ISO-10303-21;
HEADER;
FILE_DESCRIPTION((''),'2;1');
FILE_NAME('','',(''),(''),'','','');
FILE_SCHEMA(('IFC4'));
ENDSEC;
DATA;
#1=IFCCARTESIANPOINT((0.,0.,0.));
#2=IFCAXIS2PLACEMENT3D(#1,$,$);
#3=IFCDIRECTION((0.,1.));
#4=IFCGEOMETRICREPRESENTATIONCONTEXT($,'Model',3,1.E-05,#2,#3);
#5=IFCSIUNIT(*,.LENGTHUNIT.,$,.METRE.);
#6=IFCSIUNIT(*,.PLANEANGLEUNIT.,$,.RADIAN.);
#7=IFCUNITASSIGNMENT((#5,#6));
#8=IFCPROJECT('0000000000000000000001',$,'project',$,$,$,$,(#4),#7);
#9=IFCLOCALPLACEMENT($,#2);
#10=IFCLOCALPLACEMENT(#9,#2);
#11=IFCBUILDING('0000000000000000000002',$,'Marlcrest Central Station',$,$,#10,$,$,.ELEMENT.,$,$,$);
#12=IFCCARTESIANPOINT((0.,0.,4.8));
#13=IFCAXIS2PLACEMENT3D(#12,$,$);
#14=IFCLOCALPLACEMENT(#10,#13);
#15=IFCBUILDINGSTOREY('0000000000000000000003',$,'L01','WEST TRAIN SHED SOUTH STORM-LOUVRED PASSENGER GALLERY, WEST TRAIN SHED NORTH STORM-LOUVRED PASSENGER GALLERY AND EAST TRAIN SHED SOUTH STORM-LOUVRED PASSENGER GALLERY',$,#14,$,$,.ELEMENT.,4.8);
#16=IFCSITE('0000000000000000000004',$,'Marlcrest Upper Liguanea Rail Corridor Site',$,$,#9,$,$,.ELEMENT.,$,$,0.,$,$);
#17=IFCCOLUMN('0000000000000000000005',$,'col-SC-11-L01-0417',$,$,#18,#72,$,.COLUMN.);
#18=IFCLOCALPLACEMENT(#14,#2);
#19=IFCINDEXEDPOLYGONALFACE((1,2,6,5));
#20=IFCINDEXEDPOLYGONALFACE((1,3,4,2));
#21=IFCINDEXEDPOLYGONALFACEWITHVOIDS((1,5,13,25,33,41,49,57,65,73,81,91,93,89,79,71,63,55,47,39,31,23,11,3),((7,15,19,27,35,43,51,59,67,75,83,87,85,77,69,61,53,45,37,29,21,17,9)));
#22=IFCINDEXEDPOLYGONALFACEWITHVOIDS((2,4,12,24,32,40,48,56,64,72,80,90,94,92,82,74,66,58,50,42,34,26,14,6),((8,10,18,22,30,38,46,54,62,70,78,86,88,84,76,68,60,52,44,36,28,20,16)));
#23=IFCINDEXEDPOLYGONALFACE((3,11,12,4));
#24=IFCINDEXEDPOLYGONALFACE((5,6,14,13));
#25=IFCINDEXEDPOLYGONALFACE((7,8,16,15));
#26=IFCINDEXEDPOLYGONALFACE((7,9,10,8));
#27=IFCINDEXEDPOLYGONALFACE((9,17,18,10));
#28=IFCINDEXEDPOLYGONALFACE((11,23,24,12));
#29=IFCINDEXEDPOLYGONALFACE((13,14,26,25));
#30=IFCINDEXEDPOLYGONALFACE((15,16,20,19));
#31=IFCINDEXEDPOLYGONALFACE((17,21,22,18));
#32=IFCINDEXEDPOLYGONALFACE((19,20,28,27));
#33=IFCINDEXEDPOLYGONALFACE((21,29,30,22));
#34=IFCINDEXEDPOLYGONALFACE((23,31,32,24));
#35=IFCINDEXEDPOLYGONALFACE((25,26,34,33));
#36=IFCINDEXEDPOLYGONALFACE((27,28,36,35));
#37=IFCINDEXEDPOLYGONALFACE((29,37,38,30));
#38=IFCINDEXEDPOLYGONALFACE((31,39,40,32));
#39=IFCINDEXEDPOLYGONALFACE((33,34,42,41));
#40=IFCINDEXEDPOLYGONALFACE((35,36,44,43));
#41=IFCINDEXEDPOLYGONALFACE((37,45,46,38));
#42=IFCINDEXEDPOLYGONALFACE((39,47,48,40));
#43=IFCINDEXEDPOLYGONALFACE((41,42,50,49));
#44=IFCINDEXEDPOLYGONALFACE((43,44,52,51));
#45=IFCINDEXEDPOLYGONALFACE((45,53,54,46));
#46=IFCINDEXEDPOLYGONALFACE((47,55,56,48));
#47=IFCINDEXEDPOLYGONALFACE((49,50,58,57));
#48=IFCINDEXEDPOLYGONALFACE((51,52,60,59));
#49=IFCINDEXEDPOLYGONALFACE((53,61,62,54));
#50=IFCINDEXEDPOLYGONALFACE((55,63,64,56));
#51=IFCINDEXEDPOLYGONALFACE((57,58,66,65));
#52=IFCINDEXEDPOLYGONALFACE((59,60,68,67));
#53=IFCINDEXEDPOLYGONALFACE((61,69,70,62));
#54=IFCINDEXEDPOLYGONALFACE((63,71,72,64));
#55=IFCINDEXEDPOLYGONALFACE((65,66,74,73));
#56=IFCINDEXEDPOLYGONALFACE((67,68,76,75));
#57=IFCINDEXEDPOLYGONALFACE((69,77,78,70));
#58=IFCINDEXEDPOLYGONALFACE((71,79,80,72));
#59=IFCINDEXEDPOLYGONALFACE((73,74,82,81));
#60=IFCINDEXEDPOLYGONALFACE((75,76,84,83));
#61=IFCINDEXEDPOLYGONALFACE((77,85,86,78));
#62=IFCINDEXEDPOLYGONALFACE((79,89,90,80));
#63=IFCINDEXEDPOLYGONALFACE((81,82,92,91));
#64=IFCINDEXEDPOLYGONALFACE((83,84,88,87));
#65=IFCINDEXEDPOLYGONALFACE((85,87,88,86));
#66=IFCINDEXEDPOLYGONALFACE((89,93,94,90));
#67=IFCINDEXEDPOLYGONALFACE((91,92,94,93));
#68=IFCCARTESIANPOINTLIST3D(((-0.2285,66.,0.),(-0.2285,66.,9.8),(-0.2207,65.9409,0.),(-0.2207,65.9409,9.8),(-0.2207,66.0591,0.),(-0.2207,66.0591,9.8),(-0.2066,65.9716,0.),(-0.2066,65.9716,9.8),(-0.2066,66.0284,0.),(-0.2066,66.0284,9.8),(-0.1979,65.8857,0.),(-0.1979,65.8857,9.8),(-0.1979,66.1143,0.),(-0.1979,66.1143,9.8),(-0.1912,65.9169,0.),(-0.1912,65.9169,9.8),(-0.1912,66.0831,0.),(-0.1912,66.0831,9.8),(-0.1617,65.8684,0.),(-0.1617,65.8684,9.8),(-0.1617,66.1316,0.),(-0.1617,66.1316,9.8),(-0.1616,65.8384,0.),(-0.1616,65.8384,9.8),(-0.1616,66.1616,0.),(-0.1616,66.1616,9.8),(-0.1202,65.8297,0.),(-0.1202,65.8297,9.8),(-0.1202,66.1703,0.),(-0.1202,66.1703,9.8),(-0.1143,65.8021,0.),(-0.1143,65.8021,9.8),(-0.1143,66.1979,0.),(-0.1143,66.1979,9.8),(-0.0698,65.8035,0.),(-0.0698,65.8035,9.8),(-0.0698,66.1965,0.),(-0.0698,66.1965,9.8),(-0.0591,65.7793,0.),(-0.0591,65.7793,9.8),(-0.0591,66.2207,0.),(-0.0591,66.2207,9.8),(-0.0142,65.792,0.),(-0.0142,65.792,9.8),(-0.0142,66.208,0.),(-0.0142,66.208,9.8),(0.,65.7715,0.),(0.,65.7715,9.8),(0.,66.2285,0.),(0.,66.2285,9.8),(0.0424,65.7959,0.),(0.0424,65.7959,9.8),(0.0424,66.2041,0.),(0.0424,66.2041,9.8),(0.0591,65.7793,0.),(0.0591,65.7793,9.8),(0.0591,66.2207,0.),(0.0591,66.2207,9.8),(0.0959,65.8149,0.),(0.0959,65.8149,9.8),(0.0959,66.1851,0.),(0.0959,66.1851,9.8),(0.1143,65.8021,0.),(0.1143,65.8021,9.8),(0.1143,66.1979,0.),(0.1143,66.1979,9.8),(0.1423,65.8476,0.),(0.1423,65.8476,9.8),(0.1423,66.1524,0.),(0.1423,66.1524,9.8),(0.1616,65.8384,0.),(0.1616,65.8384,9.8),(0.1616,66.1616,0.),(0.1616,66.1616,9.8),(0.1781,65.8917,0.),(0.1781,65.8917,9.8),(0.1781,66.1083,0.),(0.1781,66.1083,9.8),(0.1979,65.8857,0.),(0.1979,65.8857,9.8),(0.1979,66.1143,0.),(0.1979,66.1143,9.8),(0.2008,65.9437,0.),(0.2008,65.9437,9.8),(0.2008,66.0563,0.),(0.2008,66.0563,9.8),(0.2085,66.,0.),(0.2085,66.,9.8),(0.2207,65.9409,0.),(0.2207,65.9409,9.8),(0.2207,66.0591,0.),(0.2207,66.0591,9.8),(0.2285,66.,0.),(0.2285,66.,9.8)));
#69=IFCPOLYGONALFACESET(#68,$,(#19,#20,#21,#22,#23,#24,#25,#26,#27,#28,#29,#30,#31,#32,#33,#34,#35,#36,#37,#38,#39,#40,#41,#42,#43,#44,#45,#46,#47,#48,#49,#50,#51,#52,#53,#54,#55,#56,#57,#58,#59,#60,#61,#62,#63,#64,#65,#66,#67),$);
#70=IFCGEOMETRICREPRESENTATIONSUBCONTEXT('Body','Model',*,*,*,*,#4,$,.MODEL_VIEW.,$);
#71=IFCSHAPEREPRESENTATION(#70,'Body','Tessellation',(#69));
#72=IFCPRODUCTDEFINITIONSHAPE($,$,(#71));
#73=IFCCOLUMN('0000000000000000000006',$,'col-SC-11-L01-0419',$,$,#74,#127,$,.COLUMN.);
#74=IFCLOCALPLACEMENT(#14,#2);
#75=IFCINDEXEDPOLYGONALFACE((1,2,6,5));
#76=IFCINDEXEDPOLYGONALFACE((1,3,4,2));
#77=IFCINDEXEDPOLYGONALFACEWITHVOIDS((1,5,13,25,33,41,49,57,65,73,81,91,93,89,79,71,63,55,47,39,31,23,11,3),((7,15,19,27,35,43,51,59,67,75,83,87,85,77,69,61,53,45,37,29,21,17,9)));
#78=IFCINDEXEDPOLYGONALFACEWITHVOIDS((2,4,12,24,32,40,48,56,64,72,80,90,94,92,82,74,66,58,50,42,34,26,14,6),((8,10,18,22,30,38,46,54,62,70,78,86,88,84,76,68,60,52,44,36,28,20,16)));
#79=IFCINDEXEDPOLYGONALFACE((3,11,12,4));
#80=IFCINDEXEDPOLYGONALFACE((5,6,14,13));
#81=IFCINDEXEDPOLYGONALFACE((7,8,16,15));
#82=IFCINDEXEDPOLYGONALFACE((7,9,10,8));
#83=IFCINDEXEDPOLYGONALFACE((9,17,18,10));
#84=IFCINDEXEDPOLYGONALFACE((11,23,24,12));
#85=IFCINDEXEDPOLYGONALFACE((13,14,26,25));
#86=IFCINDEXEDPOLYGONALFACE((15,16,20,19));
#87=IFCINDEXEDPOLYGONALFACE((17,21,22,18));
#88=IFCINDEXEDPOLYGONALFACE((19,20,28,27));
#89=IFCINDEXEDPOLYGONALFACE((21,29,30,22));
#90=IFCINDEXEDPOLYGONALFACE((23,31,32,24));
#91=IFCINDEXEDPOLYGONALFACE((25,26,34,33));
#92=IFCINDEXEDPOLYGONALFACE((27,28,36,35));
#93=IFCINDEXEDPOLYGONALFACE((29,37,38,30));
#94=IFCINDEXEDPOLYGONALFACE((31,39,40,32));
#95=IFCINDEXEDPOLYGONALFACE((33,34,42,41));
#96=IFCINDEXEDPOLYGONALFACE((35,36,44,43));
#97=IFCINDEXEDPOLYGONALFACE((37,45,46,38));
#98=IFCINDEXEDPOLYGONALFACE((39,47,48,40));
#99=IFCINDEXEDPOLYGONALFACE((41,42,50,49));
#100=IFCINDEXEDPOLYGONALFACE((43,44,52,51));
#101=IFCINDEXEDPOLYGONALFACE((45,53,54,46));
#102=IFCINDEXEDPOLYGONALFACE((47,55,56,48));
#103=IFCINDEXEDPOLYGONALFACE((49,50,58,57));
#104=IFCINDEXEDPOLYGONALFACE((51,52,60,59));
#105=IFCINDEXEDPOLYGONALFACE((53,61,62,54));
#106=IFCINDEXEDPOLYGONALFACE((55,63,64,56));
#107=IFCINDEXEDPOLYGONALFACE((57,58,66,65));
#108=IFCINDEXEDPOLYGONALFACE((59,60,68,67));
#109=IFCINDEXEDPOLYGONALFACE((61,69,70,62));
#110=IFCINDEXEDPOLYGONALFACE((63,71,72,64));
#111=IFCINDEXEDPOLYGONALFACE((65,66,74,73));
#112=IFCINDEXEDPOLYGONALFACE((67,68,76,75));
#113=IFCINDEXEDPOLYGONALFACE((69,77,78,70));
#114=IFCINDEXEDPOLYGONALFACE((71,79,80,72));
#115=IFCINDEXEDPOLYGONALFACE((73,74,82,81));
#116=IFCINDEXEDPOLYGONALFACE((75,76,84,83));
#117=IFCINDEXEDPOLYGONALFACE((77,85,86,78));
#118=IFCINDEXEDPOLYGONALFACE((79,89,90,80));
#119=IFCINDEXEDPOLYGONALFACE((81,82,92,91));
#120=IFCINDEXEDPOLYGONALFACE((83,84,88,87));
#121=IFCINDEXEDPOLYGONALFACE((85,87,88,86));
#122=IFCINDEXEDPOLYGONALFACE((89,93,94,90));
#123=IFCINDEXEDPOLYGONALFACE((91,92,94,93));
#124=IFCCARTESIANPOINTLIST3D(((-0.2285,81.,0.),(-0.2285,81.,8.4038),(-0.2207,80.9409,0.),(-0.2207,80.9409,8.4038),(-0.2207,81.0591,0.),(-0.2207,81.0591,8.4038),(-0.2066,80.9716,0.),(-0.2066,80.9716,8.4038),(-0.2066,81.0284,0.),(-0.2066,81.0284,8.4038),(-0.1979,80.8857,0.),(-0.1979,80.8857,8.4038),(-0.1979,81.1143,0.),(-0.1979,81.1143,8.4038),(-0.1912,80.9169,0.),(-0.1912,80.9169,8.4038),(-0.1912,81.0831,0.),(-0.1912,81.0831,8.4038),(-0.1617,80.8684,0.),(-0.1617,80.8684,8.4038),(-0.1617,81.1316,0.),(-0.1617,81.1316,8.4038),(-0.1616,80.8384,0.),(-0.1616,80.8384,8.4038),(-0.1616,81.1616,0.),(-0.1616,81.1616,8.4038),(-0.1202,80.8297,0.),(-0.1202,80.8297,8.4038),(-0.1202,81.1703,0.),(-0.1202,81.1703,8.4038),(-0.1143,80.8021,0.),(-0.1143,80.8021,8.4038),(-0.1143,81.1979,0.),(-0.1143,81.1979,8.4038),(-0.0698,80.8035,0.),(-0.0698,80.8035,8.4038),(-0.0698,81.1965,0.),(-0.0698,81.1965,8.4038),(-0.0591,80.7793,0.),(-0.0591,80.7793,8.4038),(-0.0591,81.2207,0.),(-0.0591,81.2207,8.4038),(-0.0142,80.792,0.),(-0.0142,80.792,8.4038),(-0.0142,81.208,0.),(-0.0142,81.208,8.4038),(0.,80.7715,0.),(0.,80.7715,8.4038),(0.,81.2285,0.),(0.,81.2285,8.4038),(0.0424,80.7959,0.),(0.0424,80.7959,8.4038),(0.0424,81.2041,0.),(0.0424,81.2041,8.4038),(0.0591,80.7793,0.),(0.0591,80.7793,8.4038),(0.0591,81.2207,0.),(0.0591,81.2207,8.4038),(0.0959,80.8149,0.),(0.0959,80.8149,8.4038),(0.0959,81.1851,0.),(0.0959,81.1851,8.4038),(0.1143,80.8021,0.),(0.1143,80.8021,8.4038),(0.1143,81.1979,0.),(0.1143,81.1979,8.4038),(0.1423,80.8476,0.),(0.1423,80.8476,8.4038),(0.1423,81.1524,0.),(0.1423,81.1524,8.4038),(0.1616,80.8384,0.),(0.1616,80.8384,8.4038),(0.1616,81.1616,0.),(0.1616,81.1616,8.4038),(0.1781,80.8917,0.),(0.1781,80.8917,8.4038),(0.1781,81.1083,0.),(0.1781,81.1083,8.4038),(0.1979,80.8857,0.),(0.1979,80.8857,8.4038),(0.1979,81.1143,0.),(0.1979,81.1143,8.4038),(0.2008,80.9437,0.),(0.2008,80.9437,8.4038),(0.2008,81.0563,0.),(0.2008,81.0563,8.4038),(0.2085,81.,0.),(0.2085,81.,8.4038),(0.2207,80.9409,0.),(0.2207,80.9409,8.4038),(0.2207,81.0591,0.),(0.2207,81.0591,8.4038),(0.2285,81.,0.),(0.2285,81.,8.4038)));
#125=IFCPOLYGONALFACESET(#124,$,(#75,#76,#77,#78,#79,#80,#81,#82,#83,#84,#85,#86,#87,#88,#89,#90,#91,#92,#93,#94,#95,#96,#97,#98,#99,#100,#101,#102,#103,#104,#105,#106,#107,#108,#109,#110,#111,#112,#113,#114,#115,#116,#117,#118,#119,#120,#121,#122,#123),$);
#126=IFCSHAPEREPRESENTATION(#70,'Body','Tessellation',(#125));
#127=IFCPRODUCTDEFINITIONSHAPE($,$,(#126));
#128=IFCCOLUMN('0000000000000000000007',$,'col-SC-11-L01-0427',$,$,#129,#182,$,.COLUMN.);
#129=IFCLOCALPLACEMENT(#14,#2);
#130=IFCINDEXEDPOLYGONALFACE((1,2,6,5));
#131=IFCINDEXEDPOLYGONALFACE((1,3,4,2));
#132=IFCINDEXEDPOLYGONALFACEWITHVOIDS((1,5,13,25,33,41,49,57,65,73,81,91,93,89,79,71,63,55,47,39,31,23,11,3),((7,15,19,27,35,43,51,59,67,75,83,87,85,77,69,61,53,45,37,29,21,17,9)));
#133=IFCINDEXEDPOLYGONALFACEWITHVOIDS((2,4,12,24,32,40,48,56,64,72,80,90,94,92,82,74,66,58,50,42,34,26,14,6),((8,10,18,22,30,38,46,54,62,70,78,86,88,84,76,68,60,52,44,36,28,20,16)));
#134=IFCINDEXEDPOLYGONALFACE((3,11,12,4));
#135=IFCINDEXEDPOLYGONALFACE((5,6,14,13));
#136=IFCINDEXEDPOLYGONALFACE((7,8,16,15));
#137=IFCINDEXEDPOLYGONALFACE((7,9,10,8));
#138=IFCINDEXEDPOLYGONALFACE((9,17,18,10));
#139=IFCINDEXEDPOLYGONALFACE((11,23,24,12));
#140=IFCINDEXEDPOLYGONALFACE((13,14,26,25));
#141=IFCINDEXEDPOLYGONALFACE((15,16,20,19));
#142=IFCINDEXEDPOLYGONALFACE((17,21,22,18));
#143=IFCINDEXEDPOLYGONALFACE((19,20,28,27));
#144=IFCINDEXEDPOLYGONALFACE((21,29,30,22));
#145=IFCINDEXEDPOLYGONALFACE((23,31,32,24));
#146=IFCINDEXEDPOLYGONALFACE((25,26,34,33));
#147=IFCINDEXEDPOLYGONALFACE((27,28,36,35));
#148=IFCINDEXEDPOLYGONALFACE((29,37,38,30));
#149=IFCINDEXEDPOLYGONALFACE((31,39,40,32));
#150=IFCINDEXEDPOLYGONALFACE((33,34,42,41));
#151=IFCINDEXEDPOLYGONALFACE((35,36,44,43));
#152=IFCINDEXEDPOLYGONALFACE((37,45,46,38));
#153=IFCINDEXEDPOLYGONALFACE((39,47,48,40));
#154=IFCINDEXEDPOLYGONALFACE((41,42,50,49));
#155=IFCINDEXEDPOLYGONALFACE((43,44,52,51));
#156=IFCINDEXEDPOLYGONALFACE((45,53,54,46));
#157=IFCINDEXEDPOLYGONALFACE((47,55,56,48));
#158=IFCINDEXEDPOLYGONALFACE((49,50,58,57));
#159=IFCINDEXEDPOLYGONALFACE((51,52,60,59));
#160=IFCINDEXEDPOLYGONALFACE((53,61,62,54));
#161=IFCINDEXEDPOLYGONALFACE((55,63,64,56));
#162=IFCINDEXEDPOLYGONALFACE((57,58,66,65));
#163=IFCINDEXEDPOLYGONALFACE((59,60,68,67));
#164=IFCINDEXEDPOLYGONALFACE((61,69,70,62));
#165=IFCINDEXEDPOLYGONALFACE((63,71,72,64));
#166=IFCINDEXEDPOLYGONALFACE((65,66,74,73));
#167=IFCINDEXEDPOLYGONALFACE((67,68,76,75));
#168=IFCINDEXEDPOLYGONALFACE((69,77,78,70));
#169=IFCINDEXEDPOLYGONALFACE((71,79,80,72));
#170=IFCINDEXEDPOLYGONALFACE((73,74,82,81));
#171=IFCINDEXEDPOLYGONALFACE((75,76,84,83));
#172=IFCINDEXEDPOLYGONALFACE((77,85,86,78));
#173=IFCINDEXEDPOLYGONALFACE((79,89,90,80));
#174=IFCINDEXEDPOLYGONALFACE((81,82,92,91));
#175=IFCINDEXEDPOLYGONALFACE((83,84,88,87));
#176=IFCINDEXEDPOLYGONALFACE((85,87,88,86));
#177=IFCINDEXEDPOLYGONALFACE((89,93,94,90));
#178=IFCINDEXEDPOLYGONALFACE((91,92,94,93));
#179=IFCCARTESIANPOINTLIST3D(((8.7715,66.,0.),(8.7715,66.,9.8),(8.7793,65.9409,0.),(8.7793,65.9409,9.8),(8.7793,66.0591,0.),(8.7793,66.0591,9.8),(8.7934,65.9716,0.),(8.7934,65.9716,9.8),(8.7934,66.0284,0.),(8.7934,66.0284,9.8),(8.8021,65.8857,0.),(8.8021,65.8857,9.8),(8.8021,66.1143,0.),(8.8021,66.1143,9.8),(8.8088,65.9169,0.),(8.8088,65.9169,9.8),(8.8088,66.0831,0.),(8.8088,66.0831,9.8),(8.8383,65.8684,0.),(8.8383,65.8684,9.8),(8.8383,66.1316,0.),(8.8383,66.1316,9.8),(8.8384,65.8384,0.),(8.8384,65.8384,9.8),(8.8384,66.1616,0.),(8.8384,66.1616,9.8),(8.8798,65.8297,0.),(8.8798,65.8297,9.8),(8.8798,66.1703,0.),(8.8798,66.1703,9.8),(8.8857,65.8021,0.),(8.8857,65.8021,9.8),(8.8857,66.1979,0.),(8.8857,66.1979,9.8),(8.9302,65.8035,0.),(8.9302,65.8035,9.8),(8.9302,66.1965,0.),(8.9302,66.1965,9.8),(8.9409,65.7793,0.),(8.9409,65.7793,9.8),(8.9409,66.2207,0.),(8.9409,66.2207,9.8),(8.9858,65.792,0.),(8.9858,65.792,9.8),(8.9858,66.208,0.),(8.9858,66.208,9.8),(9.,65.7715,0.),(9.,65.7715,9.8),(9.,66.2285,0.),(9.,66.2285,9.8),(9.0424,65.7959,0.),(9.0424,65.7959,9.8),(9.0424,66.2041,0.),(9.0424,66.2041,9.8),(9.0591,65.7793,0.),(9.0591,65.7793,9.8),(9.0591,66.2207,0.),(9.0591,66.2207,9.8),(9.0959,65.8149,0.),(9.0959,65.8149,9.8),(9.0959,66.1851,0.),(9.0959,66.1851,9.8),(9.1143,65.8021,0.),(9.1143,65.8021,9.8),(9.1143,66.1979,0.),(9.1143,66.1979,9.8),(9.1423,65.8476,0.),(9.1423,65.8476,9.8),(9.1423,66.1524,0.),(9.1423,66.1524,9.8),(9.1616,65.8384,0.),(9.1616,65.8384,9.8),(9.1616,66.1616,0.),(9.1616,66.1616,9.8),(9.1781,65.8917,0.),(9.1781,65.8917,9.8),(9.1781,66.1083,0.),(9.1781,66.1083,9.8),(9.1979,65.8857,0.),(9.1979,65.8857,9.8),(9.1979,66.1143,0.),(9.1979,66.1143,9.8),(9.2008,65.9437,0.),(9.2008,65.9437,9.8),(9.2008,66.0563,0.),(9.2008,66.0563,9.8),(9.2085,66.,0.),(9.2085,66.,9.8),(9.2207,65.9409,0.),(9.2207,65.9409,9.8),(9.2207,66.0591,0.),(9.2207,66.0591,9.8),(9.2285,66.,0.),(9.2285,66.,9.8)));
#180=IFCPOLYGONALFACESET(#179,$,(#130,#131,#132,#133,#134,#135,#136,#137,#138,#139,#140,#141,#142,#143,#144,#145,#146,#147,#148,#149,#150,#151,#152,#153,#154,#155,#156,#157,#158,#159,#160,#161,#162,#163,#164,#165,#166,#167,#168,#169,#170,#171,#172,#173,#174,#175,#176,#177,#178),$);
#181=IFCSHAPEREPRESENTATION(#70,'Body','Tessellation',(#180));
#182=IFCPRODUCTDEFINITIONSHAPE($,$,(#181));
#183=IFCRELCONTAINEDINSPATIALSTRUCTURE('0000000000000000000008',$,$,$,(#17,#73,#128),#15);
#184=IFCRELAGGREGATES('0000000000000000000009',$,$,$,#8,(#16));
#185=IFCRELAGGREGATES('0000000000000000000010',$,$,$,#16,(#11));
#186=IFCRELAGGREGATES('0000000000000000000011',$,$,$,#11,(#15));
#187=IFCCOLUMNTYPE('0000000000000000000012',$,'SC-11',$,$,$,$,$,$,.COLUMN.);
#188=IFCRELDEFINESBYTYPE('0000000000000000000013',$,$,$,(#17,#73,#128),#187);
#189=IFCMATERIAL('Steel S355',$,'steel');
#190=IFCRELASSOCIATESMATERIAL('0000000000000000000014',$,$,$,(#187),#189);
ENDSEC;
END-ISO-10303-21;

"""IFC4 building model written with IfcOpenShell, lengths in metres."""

from ifc_helpers import new_model, si_unit, direction, frame, origin, origin_2d, place, context, subcontext, project, spatial, hollow_circle, extrude, material, material_profile, profile_set, type_object, element, save


model = new_model("IFC4")

# Units and contexts
model_context = context("Model", 3, precision=1e-05, world=origin(), true_north=direction((0.0, 1.0)))
body_context = subcontext(model_context, "Body", "Model", "MODEL_VIEW")
ifc_project = project(units=[si_unit("LENGTHUNIT", "METRE"), si_unit("PLANEANGLEUNIT", "RADIAN")], contexts=[model_context])

# Site, building, storey
site_placement = place(None, origin())
site = spatial("IfcSite", under=ifc_project, at=site_placement, Name="Marlcrest Upper Liguanea Rail Corridor Site", CompositionType="ELEMENT", RefElevation=0.0)
building_placement = place(site_placement, origin())
building = spatial("IfcBuilding", under=site, at=building_placement, Name="Marlcrest Central Station", CompositionType="ELEMENT")
storey_placement = place(building_placement, frame((0.0, 0.0, 4.8)))
storey = spatial("IfcBuildingStorey", under=building, at=storey_placement, Name="L01", Description="WEST TRAIN SHED SOUTH STORM-LOUVRED PASSENGER GALLERY, WEST TRAIN SHED NORTH STORM-LOUVRED PASSENGER GALLERY AND EAST TRAIN SHED SOUTH STORM-LOUVRED PASSENGER GALLERY", CompositionType="ELEMENT", Elevation=4.8)

# Columns
ifc_material = material(Name="Steel S355", Category="steel")
ifc_material_profile = material_profile(ifc_material, hollow_circle(Radius=0.2285, WallThickness=0.02, at=origin_2d()), Name="CHS 457x20")
ifc_profile_set = profile_set([ifc_material_profile], Name="Steel S355")
column_type = type_object("IfcColumnType", Name="SC-11", PredefinedType="COLUMN", material=ifc_profile_set)
column_1_placement = place(storey_placement, frame((0.0, 66.0, 0.0), z_axis=(0.0, 0.0, 1.0), x_axis=(1.0, 0.0, 0.0)))
element("IfcColumn", 1, at=column_1_placement, inside=storey, type_object=column_type, Name="col-SC-11-L01-0417", PredefinedType="COLUMN", context=body_context, shape_type="SweptSolid", body=[
    extrude(hollow_circle(Radius=0.2285, WallThickness=0.02, at=origin_2d()), origin(), (0.0, 0.0, 1.0), 9.8),
])
column_2_placement = place(storey_placement, frame((0.0, 81.0, 0.0), z_axis=(0.0, 0.0, 1.0), x_axis=(1.0, 0.0, 0.0)))
element("IfcColumn", 2, at=column_2_placement, inside=storey, type_object=column_type, Name="col-SC-11-L01-0419", PredefinedType="COLUMN", context=body_context, shape_type="SweptSolid", body=[
    extrude(hollow_circle(Radius=0.2285, WallThickness=0.02, at=origin_2d()), origin(), (0.0, 0.0, 1.0), 8.4038),
])
column_3_placement = place(storey_placement, frame((9.0, 66.0, 0.0), z_axis=(0.0, 0.0, 1.0), x_axis=(1.0, 0.0, 0.0)))
element("IfcColumn", 3, at=column_3_placement, inside=storey, type_object=column_type, Name="col-SC-11-L01-0427", PredefinedType="COLUMN", context=body_context, shape_type="SweptSolid", body=[
    extrude(hollow_circle(Radius=0.2285, WallThickness=0.02, at=origin_2d()), origin(), (0.0, 0.0, 1.0), 9.8),
])

save(model, "model.ifc")
